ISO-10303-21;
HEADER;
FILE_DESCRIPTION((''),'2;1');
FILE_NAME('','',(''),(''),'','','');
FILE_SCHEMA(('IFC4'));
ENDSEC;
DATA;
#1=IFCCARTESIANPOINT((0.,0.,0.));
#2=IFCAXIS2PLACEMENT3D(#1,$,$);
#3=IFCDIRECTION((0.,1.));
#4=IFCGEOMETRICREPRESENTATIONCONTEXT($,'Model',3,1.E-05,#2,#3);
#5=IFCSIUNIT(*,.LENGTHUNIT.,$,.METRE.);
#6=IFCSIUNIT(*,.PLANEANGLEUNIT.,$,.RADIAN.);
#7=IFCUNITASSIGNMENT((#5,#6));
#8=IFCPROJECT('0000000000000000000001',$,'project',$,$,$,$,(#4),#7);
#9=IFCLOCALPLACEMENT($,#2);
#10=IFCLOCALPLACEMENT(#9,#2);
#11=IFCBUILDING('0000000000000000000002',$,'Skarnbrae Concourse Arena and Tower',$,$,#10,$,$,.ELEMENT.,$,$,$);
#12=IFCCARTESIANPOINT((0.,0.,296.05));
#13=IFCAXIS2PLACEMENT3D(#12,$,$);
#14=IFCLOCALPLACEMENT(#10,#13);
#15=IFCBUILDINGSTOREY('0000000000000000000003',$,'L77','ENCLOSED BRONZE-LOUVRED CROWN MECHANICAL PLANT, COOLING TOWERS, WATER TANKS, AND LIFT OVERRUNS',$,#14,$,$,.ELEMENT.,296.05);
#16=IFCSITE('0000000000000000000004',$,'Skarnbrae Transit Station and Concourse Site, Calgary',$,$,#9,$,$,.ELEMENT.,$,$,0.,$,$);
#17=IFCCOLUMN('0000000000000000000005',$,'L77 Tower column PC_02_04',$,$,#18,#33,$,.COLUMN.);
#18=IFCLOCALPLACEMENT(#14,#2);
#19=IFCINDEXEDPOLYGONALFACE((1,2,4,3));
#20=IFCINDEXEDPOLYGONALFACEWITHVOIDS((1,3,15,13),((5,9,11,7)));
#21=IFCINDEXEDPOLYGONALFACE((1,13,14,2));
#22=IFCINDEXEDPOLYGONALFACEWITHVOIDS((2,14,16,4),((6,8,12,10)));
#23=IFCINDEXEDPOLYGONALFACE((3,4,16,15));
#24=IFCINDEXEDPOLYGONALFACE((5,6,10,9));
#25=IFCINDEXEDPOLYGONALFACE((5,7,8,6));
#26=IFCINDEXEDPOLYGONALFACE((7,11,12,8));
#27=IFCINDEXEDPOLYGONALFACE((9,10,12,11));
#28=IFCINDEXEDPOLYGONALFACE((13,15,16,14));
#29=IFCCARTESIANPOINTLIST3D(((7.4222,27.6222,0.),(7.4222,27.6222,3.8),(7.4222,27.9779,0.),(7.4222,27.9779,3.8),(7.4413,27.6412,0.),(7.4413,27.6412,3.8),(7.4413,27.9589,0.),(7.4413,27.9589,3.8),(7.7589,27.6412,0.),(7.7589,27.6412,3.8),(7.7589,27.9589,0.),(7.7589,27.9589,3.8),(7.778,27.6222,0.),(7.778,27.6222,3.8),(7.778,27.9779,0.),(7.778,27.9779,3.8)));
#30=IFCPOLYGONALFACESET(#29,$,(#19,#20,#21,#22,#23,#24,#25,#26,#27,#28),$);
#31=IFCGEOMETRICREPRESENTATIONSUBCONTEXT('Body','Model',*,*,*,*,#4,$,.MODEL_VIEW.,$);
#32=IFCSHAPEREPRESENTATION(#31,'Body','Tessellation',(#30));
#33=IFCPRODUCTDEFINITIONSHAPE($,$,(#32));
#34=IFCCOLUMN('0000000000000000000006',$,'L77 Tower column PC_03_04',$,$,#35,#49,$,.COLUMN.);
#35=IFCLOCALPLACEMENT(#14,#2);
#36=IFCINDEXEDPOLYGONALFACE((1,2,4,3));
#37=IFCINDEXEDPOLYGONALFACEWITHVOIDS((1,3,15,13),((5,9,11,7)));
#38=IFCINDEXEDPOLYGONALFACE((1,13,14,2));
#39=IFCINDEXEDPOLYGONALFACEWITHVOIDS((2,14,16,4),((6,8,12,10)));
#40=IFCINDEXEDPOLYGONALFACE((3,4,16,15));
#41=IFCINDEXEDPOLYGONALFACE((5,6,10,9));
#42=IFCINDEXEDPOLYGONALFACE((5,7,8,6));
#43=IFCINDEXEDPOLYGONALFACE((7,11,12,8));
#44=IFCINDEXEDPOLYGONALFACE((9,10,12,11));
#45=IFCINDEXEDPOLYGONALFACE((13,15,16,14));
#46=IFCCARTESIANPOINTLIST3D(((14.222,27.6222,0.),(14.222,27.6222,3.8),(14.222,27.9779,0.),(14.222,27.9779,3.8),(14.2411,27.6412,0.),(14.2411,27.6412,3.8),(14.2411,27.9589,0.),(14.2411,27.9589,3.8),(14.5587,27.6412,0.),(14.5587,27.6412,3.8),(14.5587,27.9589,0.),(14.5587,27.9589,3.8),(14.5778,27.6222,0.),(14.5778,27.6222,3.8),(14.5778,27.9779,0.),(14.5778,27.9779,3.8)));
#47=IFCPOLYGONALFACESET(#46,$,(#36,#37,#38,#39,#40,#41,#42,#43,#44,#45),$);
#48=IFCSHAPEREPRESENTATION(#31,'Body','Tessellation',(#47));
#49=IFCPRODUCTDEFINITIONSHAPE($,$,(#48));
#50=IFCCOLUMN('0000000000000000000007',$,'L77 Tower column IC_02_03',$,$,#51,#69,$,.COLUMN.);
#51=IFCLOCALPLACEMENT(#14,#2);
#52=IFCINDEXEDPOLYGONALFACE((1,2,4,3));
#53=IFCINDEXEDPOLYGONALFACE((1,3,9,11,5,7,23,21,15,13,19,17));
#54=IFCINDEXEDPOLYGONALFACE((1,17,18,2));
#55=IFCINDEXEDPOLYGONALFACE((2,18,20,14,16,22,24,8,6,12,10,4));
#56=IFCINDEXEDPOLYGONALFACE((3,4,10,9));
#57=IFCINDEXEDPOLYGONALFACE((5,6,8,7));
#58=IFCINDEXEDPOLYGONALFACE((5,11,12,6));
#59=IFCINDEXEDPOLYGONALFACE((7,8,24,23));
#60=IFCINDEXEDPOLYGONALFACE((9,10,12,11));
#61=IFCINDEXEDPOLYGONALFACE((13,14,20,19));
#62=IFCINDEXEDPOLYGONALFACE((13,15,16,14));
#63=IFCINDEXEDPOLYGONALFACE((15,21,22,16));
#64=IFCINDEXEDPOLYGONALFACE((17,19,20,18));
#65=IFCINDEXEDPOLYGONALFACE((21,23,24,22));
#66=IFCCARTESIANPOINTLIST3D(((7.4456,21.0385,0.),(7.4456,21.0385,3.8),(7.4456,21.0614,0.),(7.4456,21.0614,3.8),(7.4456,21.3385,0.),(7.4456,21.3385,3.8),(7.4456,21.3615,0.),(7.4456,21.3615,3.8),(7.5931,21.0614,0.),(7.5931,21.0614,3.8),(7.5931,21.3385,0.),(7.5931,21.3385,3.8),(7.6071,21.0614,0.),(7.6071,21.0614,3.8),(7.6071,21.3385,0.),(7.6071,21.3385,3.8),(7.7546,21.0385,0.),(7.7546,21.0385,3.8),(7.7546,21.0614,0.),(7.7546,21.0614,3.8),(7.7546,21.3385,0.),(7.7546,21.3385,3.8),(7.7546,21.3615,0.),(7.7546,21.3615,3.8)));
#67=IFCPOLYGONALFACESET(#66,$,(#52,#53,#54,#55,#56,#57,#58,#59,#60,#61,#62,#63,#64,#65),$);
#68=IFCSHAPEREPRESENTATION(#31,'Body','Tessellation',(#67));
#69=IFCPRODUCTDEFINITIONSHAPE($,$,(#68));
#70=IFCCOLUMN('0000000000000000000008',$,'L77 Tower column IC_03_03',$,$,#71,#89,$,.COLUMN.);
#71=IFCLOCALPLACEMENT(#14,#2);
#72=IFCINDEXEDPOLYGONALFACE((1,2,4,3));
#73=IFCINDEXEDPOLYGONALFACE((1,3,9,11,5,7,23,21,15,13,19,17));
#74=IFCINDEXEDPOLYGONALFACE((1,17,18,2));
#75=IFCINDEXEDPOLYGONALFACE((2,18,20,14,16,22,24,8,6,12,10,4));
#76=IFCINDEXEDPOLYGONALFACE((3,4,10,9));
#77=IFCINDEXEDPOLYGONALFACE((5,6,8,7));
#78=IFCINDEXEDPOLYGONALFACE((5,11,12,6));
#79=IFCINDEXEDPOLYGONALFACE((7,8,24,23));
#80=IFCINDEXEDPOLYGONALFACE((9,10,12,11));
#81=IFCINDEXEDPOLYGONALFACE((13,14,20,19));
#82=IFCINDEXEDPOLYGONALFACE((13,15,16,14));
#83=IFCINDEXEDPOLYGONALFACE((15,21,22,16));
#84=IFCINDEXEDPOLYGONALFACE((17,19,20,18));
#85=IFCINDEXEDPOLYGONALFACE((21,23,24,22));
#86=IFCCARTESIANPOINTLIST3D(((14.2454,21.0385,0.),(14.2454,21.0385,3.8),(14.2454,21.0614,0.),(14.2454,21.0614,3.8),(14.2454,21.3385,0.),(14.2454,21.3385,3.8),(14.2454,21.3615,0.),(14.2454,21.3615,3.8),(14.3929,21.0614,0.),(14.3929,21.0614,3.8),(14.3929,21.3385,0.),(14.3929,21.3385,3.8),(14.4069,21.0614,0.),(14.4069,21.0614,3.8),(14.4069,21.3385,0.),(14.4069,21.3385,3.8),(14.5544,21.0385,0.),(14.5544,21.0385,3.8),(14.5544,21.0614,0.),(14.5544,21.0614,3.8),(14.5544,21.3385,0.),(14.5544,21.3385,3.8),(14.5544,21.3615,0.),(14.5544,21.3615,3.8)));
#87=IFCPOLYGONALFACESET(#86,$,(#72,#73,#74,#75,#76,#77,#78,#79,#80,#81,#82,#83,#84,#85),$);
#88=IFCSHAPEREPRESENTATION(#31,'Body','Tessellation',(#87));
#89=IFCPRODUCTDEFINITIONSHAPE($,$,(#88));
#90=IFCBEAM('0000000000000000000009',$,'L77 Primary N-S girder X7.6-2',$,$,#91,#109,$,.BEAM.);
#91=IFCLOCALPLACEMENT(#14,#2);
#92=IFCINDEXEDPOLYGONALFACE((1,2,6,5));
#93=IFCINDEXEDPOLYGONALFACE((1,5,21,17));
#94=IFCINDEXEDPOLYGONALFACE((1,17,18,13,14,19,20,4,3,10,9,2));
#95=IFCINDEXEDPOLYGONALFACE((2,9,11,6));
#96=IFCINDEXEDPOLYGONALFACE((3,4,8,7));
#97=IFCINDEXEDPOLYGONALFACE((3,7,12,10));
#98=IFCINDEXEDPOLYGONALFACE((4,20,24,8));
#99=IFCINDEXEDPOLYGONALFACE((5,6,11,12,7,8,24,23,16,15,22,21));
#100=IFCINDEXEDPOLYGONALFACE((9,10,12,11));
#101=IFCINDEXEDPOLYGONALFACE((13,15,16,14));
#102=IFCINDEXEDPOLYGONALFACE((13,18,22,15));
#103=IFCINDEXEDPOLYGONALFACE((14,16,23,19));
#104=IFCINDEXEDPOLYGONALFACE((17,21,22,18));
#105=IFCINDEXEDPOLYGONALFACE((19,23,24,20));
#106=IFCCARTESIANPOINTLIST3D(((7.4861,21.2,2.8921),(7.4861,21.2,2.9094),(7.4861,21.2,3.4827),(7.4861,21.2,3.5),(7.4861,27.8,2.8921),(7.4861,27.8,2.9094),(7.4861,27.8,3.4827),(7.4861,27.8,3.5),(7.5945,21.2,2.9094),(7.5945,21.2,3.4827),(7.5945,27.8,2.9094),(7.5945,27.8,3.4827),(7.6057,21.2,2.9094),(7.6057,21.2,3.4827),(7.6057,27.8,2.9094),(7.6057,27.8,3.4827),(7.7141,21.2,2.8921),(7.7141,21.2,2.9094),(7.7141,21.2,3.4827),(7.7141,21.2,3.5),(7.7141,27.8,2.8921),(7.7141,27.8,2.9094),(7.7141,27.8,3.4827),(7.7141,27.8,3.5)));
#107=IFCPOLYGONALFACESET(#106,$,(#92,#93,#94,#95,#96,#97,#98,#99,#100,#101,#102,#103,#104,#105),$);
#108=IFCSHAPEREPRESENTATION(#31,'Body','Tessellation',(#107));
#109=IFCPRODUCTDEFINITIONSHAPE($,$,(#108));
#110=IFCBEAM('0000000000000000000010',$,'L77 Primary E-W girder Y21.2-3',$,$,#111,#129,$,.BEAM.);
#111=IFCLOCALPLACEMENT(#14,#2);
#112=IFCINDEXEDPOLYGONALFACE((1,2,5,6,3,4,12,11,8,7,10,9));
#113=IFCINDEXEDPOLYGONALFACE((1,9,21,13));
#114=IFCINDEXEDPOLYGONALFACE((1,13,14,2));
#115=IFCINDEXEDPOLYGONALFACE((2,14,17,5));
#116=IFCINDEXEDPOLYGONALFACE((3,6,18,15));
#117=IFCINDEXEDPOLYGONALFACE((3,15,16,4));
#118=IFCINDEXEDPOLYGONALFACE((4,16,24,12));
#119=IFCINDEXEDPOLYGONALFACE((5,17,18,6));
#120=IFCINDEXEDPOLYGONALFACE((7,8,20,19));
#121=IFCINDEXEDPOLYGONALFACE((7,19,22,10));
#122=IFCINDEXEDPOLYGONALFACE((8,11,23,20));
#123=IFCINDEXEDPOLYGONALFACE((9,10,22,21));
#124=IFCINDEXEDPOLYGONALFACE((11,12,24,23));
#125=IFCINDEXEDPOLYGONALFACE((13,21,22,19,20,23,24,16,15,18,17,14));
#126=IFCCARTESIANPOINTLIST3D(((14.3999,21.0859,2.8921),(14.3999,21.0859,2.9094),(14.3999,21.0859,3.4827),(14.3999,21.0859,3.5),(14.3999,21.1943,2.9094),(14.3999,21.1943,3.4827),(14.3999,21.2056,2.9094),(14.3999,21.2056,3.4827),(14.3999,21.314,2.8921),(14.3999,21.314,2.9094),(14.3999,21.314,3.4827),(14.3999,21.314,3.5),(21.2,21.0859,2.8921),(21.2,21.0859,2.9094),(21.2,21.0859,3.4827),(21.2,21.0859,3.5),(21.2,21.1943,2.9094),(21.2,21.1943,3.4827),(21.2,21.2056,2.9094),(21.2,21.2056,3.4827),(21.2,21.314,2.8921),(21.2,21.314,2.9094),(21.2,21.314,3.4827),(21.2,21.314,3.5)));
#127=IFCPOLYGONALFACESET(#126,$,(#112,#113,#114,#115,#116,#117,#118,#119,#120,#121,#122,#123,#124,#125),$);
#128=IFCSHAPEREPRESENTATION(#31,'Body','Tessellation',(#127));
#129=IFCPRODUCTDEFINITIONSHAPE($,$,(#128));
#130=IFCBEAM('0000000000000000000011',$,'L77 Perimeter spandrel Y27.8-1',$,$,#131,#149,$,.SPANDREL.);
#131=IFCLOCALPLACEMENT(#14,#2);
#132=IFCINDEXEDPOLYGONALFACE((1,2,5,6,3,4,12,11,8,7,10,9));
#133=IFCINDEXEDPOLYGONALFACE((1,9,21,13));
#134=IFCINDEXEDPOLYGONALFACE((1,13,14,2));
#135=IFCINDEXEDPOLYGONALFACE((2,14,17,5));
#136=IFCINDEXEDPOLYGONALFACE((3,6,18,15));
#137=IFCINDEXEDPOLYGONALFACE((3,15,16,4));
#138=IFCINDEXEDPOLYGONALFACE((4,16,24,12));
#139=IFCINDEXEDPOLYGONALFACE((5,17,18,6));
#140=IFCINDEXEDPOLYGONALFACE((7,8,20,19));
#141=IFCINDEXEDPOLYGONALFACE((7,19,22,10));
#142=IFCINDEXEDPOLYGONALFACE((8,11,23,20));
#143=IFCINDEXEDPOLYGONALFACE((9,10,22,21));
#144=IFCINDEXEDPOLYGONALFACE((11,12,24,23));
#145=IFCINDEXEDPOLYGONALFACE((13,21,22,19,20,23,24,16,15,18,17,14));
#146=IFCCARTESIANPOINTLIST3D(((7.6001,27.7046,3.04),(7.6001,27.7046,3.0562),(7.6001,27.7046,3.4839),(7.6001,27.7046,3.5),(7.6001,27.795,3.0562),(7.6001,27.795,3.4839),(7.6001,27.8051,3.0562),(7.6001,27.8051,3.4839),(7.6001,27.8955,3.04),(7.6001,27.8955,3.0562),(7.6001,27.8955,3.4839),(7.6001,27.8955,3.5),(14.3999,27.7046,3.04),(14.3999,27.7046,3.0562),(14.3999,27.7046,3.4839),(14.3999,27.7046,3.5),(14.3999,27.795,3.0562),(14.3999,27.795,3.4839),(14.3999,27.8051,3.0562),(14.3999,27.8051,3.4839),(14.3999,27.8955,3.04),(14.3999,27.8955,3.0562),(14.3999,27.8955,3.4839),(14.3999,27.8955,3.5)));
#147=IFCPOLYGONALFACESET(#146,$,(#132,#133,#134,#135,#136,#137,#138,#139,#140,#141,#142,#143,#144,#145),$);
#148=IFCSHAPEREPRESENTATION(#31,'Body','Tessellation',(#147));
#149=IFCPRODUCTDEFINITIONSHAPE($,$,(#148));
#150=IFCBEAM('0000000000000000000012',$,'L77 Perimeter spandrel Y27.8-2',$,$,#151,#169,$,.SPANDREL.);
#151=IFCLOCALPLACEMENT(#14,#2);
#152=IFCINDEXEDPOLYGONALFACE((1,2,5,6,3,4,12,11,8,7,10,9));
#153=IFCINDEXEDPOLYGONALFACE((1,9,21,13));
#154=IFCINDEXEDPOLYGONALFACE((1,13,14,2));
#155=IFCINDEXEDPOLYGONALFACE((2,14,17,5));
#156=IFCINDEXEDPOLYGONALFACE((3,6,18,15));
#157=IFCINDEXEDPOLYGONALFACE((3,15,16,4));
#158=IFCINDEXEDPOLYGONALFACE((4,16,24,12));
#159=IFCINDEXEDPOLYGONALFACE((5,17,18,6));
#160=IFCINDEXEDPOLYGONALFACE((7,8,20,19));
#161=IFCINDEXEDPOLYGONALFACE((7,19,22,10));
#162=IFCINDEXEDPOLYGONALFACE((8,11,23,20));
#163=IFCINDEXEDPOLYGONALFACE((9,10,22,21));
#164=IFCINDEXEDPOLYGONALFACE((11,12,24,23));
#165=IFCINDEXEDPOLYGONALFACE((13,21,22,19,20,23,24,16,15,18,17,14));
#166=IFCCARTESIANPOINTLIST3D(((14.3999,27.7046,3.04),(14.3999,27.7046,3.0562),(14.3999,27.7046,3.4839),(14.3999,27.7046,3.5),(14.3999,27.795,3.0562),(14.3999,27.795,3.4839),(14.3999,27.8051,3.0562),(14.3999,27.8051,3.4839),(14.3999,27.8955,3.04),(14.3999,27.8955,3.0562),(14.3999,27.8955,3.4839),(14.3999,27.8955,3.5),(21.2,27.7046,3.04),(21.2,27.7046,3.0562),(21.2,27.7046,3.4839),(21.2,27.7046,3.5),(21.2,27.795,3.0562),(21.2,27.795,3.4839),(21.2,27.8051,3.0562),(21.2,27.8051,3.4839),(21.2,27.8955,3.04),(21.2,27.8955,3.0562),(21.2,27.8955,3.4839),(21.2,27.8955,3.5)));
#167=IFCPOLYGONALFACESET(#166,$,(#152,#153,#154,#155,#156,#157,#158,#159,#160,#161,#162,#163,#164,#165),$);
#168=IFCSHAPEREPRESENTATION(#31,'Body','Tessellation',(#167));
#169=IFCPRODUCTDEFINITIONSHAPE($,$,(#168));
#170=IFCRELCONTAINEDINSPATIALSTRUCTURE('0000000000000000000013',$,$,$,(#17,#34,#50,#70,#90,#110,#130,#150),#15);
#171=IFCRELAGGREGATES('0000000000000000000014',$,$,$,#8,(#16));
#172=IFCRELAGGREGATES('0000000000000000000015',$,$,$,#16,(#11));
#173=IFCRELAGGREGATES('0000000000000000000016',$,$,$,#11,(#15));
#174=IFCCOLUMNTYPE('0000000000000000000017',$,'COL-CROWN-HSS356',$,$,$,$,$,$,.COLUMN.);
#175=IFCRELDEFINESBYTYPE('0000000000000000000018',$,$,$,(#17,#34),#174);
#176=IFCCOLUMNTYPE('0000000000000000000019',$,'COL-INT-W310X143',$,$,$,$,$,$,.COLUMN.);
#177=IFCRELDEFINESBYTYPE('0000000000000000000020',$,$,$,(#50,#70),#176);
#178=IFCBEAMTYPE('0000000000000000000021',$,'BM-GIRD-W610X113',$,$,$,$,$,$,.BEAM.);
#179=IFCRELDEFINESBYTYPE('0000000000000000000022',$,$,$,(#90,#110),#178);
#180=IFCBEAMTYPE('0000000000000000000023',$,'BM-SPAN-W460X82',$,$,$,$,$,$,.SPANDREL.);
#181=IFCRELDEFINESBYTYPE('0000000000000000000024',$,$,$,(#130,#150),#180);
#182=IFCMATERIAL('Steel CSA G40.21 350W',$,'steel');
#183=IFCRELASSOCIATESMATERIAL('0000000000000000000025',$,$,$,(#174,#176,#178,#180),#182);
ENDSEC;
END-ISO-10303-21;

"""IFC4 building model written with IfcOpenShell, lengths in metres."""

from ifc_helpers import new_model, si_unit, direction, frame, origin, origin_2d, place, context, subcontext, project, spatial, hollow_rectangle, i_section, extrude, source, transform, mapped, material, material_profile, profile_set, type_object, element, save


model = new_model("IFC4")

# Units and contexts
model_context = context("Model", 3, precision=1e-05, world=origin(), true_north=direction((0.0, 1.0)))
body_context = subcontext(model_context, "Body", "Model", "MODEL_VIEW")
ifc_project = project(units=[si_unit("LENGTHUNIT", "METRE"), si_unit("PLANEANGLEUNIT", "RADIAN")], contexts=[model_context])

# Site, building, storey
site_placement = place(None, origin())
site = spatial("IfcSite", under=ifc_project, at=site_placement, Name="Skarnbrae Transit Station and Concourse Site, Calgary", CompositionType="ELEMENT", RefElevation=0.0)
building_placement = place(site_placement, origin())
building = spatial("IfcBuilding", under=site, at=building_placement, Name="Skarnbrae Concourse Arena and Tower", CompositionType="ELEMENT")
storey_placement = place(building_placement, frame((0.0, 0.0, 296.05)))
storey = spatial("IfcBuildingStorey", under=building, at=storey_placement, Name="L77", Description="ENCLOSED BRONZE-LOUVRED CROWN MECHANICAL PLANT, COOLING TOWERS, WATER TANKS, AND LIFT OVERRUNS", CompositionType="ELEMENT", Elevation=296.05)

# Columns
ifc_material_1 = material(Name="Steel CSA G40.21 350W", Category="steel")
ifc_material_profile_1 = material_profile(ifc_material_1, hollow_rectangle(XDim=0.3557, YDim=0.3557, WallThickness=0.019, at=origin_2d()), Name="HSS356X356X19.0")
ifc_profile_set_1 = profile_set([ifc_material_profile_1], Name="Steel CSA G40.21 350W")
column_type_1 = type_object("IfcColumnType", Name="COL-CROWN-HSS356", PredefinedType="COLUMN", material=ifc_profile_set_1)
shared_shape_1 = source(origin(), body_context, "Body", "SweptSolid", [
    extrude(hollow_rectangle(XDim=0.3557, YDim=0.3557, WallThickness=0.019, at=origin_2d()), origin(), (0.0, 0.0, 1.0), 3.8),
])
for number, where, z_axis, x_axis, name in (
    (1, (7.6001, 27.8, 0.0), (0.0, 0.0, 1.0), (1.0, 0.0, 0.0), "L77 Tower column PC_02_04"),
    (2, (14.3999, 27.8, 0.0), (0.0, 0.0, 1.0), (1.0, 0.0, 0.0), "L77 Tower column PC_03_04"),
):
    element("IfcColumn", number, at=place(storey_placement, frame(where, z_axis=z_axis, x_axis=x_axis)), inside=storey, type_object=column_type_1, Name=name, PredefinedType="COLUMN", context=body_context, shape_type="MappedRepresentation", body=[
        mapped(shared_shape_1, transform((0.0, 0.0, 0.0))),
    ])
ifc_material_profile_2 = material_profile(ifc_material_1, i_section(OverallWidth=0.3091, OverallDepth=0.323, WebThickness=0.0139, FlangeThickness=0.0229, at=origin_2d()), Name="W310X143")
ifc_profile_set_2 = profile_set([ifc_material_profile_2], Name="Steel CSA G40.21 350W")
column_type_2 = type_object("IfcColumnType", Name="COL-INT-W310X143", PredefinedType="COLUMN", material=ifc_profile_set_2)
shared_shape_2 = source(origin(), body_context, "Body", "SweptSolid", [
    extrude(i_section(OverallWidth=0.3091, OverallDepth=0.323, WebThickness=0.0139, FlangeThickness=0.0229, at=origin_2d()), origin(), (0.0, 0.0, 1.0), 3.8),
])
for number, where, z_axis, x_axis, name in (
    (3, (7.6001, 21.2, 0.0), (0.0, 0.0, 1.0), (1.0, 0.0, 0.0), "L77 Tower column IC_02_03"),
    (4, (14.3999, 21.2, 0.0), (0.0, 0.0, 1.0), (1.0, 0.0, 0.0), "L77 Tower column IC_03_03"),
):
    element("IfcColumn", number, at=place(storey_placement, frame(where, z_axis=z_axis, x_axis=x_axis)), inside=storey, type_object=column_type_2, Name=name, PredefinedType="COLUMN", context=body_context, shape_type="MappedRepresentation", body=[
        mapped(shared_shape_2, transform((0.0, 0.0, 0.0))),
    ])

# Beams
ifc_material_profile_3 = material_profile(ifc_material_1, i_section(OverallWidth=0.228, OverallDepth=0.6079, WebThickness=0.0112, FlangeThickness=0.0173, at=origin_2d()), Name="W610X113")
ifc_profile_set_3 = profile_set([ifc_material_profile_3], Name="Steel CSA G40.21 350W")
beam_type_1 = type_object("IfcBeamType", Name="BM-GIRD-W610X113", PredefinedType="BEAM", material=ifc_profile_set_3)
shared_shape_3 = source(origin(), body_context, "Body", "SweptSolid", [
    extrude(i_section(OverallWidth=0.228, OverallDepth=0.6079, WebThickness=0.0112, FlangeThickness=0.0173, at=origin_2d()), origin(), (0.0, 0.0, 1.0), 6.6001),
])
beam_1_placement = place(storey_placement, frame((7.6001, 21.2, 3.196), z_axis=(0.0, 1.0, 0.0), x_axis=(-1.0, 0.0, 0.0)))
element("IfcBeam", 5, at=beam_1_placement, inside=storey, type_object=beam_type_1, Name="L77 Primary N-S girder X7.6-2", PredefinedType="BEAM", context=body_context, shape_type="MappedRepresentation", body=[
    mapped(shared_shape_3, transform((0.0, 0.0, 0.0))),
])
shared_shape_4 = source(origin(), body_context, "Body", "SweptSolid", [
    extrude(i_section(OverallWidth=0.228, OverallDepth=0.6079, WebThickness=0.0112, FlangeThickness=0.0173, at=origin_2d()), origin(), (0.0, 0.0, 1.0), 6.8),
])
beam_2_placement = place(storey_placement, frame((14.3999, 21.2, 3.196), z_axis=(1.0, 0.0, 0.0), x_axis=(0.0, 1.0, 0.0)))
element("IfcBeam", 6, at=beam_2_placement, inside=storey, type_object=beam_type_1, Name="L77 Primary E-W girder Y21.2-3", PredefinedType="BEAM", context=body_context, shape_type="MappedRepresentation", body=[
    mapped(shared_shape_4, transform((0.0, 0.0, 0.0))),
])
ifc_material_profile_4 = material_profile(ifc_material_1, i_section(OverallWidth=0.1909, OverallDepth=0.46, WebThickness=0.01, FlangeThickness=0.0161, at=origin_2d()), Name="W460X82")
ifc_profile_set_4 = profile_set([ifc_material_profile_4], Name="Steel CSA G40.21 350W")
beam_type_2 = type_object("IfcBeamType", Name="BM-SPAN-W460X82", PredefinedType="SPANDREL", material=ifc_profile_set_4)
shared_shape_5 = source(origin(), body_context, "Body", "SweptSolid", [
    extrude(i_section(OverallWidth=0.1909, OverallDepth=0.46, WebThickness=0.01, FlangeThickness=0.0161, at=origin_2d()), origin(), (0.0, 0.0, 1.0), 6.7998),
])
beam_3_placement = place(storey_placement, frame((7.6001, 27.8, 3.27), z_axis=(1.0, 0.0, 0.0), x_axis=(0.0, 1.0, 0.0)))
element("IfcBeam", 7, at=beam_3_placement, inside=storey, type_object=beam_type_2, Name="L77 Perimeter spandrel Y27.8-1", PredefinedType="SPANDREL", context=body_context, shape_type="MappedRepresentation", body=[
    mapped(shared_shape_5, transform((0.0, 0.0, 0.0))),
])
shared_shape_6 = source(origin(), body_context, "Body", "SweptSolid", [
    extrude(i_section(OverallWidth=0.1909, OverallDepth=0.46, WebThickness=0.01, FlangeThickness=0.0161, at=origin_2d()), origin(), (0.0, 0.0, 1.0), 6.8),
])
beam_4_placement = place(storey_placement, frame((14.3999, 27.8, 3.27), z_axis=(1.0, 0.0, 0.0), x_axis=(0.0, 1.0, 0.0)))
element("IfcBeam", 8, at=beam_4_placement, inside=storey, type_object=beam_type_2, Name="L77 Perimeter spandrel Y27.8-2", PredefinedType="SPANDREL", context=body_context, shape_type="MappedRepresentation", body=[
    mapped(shared_shape_6, transform((0.0, 0.0, 0.0))),
])

save(model, "model.ifc")
